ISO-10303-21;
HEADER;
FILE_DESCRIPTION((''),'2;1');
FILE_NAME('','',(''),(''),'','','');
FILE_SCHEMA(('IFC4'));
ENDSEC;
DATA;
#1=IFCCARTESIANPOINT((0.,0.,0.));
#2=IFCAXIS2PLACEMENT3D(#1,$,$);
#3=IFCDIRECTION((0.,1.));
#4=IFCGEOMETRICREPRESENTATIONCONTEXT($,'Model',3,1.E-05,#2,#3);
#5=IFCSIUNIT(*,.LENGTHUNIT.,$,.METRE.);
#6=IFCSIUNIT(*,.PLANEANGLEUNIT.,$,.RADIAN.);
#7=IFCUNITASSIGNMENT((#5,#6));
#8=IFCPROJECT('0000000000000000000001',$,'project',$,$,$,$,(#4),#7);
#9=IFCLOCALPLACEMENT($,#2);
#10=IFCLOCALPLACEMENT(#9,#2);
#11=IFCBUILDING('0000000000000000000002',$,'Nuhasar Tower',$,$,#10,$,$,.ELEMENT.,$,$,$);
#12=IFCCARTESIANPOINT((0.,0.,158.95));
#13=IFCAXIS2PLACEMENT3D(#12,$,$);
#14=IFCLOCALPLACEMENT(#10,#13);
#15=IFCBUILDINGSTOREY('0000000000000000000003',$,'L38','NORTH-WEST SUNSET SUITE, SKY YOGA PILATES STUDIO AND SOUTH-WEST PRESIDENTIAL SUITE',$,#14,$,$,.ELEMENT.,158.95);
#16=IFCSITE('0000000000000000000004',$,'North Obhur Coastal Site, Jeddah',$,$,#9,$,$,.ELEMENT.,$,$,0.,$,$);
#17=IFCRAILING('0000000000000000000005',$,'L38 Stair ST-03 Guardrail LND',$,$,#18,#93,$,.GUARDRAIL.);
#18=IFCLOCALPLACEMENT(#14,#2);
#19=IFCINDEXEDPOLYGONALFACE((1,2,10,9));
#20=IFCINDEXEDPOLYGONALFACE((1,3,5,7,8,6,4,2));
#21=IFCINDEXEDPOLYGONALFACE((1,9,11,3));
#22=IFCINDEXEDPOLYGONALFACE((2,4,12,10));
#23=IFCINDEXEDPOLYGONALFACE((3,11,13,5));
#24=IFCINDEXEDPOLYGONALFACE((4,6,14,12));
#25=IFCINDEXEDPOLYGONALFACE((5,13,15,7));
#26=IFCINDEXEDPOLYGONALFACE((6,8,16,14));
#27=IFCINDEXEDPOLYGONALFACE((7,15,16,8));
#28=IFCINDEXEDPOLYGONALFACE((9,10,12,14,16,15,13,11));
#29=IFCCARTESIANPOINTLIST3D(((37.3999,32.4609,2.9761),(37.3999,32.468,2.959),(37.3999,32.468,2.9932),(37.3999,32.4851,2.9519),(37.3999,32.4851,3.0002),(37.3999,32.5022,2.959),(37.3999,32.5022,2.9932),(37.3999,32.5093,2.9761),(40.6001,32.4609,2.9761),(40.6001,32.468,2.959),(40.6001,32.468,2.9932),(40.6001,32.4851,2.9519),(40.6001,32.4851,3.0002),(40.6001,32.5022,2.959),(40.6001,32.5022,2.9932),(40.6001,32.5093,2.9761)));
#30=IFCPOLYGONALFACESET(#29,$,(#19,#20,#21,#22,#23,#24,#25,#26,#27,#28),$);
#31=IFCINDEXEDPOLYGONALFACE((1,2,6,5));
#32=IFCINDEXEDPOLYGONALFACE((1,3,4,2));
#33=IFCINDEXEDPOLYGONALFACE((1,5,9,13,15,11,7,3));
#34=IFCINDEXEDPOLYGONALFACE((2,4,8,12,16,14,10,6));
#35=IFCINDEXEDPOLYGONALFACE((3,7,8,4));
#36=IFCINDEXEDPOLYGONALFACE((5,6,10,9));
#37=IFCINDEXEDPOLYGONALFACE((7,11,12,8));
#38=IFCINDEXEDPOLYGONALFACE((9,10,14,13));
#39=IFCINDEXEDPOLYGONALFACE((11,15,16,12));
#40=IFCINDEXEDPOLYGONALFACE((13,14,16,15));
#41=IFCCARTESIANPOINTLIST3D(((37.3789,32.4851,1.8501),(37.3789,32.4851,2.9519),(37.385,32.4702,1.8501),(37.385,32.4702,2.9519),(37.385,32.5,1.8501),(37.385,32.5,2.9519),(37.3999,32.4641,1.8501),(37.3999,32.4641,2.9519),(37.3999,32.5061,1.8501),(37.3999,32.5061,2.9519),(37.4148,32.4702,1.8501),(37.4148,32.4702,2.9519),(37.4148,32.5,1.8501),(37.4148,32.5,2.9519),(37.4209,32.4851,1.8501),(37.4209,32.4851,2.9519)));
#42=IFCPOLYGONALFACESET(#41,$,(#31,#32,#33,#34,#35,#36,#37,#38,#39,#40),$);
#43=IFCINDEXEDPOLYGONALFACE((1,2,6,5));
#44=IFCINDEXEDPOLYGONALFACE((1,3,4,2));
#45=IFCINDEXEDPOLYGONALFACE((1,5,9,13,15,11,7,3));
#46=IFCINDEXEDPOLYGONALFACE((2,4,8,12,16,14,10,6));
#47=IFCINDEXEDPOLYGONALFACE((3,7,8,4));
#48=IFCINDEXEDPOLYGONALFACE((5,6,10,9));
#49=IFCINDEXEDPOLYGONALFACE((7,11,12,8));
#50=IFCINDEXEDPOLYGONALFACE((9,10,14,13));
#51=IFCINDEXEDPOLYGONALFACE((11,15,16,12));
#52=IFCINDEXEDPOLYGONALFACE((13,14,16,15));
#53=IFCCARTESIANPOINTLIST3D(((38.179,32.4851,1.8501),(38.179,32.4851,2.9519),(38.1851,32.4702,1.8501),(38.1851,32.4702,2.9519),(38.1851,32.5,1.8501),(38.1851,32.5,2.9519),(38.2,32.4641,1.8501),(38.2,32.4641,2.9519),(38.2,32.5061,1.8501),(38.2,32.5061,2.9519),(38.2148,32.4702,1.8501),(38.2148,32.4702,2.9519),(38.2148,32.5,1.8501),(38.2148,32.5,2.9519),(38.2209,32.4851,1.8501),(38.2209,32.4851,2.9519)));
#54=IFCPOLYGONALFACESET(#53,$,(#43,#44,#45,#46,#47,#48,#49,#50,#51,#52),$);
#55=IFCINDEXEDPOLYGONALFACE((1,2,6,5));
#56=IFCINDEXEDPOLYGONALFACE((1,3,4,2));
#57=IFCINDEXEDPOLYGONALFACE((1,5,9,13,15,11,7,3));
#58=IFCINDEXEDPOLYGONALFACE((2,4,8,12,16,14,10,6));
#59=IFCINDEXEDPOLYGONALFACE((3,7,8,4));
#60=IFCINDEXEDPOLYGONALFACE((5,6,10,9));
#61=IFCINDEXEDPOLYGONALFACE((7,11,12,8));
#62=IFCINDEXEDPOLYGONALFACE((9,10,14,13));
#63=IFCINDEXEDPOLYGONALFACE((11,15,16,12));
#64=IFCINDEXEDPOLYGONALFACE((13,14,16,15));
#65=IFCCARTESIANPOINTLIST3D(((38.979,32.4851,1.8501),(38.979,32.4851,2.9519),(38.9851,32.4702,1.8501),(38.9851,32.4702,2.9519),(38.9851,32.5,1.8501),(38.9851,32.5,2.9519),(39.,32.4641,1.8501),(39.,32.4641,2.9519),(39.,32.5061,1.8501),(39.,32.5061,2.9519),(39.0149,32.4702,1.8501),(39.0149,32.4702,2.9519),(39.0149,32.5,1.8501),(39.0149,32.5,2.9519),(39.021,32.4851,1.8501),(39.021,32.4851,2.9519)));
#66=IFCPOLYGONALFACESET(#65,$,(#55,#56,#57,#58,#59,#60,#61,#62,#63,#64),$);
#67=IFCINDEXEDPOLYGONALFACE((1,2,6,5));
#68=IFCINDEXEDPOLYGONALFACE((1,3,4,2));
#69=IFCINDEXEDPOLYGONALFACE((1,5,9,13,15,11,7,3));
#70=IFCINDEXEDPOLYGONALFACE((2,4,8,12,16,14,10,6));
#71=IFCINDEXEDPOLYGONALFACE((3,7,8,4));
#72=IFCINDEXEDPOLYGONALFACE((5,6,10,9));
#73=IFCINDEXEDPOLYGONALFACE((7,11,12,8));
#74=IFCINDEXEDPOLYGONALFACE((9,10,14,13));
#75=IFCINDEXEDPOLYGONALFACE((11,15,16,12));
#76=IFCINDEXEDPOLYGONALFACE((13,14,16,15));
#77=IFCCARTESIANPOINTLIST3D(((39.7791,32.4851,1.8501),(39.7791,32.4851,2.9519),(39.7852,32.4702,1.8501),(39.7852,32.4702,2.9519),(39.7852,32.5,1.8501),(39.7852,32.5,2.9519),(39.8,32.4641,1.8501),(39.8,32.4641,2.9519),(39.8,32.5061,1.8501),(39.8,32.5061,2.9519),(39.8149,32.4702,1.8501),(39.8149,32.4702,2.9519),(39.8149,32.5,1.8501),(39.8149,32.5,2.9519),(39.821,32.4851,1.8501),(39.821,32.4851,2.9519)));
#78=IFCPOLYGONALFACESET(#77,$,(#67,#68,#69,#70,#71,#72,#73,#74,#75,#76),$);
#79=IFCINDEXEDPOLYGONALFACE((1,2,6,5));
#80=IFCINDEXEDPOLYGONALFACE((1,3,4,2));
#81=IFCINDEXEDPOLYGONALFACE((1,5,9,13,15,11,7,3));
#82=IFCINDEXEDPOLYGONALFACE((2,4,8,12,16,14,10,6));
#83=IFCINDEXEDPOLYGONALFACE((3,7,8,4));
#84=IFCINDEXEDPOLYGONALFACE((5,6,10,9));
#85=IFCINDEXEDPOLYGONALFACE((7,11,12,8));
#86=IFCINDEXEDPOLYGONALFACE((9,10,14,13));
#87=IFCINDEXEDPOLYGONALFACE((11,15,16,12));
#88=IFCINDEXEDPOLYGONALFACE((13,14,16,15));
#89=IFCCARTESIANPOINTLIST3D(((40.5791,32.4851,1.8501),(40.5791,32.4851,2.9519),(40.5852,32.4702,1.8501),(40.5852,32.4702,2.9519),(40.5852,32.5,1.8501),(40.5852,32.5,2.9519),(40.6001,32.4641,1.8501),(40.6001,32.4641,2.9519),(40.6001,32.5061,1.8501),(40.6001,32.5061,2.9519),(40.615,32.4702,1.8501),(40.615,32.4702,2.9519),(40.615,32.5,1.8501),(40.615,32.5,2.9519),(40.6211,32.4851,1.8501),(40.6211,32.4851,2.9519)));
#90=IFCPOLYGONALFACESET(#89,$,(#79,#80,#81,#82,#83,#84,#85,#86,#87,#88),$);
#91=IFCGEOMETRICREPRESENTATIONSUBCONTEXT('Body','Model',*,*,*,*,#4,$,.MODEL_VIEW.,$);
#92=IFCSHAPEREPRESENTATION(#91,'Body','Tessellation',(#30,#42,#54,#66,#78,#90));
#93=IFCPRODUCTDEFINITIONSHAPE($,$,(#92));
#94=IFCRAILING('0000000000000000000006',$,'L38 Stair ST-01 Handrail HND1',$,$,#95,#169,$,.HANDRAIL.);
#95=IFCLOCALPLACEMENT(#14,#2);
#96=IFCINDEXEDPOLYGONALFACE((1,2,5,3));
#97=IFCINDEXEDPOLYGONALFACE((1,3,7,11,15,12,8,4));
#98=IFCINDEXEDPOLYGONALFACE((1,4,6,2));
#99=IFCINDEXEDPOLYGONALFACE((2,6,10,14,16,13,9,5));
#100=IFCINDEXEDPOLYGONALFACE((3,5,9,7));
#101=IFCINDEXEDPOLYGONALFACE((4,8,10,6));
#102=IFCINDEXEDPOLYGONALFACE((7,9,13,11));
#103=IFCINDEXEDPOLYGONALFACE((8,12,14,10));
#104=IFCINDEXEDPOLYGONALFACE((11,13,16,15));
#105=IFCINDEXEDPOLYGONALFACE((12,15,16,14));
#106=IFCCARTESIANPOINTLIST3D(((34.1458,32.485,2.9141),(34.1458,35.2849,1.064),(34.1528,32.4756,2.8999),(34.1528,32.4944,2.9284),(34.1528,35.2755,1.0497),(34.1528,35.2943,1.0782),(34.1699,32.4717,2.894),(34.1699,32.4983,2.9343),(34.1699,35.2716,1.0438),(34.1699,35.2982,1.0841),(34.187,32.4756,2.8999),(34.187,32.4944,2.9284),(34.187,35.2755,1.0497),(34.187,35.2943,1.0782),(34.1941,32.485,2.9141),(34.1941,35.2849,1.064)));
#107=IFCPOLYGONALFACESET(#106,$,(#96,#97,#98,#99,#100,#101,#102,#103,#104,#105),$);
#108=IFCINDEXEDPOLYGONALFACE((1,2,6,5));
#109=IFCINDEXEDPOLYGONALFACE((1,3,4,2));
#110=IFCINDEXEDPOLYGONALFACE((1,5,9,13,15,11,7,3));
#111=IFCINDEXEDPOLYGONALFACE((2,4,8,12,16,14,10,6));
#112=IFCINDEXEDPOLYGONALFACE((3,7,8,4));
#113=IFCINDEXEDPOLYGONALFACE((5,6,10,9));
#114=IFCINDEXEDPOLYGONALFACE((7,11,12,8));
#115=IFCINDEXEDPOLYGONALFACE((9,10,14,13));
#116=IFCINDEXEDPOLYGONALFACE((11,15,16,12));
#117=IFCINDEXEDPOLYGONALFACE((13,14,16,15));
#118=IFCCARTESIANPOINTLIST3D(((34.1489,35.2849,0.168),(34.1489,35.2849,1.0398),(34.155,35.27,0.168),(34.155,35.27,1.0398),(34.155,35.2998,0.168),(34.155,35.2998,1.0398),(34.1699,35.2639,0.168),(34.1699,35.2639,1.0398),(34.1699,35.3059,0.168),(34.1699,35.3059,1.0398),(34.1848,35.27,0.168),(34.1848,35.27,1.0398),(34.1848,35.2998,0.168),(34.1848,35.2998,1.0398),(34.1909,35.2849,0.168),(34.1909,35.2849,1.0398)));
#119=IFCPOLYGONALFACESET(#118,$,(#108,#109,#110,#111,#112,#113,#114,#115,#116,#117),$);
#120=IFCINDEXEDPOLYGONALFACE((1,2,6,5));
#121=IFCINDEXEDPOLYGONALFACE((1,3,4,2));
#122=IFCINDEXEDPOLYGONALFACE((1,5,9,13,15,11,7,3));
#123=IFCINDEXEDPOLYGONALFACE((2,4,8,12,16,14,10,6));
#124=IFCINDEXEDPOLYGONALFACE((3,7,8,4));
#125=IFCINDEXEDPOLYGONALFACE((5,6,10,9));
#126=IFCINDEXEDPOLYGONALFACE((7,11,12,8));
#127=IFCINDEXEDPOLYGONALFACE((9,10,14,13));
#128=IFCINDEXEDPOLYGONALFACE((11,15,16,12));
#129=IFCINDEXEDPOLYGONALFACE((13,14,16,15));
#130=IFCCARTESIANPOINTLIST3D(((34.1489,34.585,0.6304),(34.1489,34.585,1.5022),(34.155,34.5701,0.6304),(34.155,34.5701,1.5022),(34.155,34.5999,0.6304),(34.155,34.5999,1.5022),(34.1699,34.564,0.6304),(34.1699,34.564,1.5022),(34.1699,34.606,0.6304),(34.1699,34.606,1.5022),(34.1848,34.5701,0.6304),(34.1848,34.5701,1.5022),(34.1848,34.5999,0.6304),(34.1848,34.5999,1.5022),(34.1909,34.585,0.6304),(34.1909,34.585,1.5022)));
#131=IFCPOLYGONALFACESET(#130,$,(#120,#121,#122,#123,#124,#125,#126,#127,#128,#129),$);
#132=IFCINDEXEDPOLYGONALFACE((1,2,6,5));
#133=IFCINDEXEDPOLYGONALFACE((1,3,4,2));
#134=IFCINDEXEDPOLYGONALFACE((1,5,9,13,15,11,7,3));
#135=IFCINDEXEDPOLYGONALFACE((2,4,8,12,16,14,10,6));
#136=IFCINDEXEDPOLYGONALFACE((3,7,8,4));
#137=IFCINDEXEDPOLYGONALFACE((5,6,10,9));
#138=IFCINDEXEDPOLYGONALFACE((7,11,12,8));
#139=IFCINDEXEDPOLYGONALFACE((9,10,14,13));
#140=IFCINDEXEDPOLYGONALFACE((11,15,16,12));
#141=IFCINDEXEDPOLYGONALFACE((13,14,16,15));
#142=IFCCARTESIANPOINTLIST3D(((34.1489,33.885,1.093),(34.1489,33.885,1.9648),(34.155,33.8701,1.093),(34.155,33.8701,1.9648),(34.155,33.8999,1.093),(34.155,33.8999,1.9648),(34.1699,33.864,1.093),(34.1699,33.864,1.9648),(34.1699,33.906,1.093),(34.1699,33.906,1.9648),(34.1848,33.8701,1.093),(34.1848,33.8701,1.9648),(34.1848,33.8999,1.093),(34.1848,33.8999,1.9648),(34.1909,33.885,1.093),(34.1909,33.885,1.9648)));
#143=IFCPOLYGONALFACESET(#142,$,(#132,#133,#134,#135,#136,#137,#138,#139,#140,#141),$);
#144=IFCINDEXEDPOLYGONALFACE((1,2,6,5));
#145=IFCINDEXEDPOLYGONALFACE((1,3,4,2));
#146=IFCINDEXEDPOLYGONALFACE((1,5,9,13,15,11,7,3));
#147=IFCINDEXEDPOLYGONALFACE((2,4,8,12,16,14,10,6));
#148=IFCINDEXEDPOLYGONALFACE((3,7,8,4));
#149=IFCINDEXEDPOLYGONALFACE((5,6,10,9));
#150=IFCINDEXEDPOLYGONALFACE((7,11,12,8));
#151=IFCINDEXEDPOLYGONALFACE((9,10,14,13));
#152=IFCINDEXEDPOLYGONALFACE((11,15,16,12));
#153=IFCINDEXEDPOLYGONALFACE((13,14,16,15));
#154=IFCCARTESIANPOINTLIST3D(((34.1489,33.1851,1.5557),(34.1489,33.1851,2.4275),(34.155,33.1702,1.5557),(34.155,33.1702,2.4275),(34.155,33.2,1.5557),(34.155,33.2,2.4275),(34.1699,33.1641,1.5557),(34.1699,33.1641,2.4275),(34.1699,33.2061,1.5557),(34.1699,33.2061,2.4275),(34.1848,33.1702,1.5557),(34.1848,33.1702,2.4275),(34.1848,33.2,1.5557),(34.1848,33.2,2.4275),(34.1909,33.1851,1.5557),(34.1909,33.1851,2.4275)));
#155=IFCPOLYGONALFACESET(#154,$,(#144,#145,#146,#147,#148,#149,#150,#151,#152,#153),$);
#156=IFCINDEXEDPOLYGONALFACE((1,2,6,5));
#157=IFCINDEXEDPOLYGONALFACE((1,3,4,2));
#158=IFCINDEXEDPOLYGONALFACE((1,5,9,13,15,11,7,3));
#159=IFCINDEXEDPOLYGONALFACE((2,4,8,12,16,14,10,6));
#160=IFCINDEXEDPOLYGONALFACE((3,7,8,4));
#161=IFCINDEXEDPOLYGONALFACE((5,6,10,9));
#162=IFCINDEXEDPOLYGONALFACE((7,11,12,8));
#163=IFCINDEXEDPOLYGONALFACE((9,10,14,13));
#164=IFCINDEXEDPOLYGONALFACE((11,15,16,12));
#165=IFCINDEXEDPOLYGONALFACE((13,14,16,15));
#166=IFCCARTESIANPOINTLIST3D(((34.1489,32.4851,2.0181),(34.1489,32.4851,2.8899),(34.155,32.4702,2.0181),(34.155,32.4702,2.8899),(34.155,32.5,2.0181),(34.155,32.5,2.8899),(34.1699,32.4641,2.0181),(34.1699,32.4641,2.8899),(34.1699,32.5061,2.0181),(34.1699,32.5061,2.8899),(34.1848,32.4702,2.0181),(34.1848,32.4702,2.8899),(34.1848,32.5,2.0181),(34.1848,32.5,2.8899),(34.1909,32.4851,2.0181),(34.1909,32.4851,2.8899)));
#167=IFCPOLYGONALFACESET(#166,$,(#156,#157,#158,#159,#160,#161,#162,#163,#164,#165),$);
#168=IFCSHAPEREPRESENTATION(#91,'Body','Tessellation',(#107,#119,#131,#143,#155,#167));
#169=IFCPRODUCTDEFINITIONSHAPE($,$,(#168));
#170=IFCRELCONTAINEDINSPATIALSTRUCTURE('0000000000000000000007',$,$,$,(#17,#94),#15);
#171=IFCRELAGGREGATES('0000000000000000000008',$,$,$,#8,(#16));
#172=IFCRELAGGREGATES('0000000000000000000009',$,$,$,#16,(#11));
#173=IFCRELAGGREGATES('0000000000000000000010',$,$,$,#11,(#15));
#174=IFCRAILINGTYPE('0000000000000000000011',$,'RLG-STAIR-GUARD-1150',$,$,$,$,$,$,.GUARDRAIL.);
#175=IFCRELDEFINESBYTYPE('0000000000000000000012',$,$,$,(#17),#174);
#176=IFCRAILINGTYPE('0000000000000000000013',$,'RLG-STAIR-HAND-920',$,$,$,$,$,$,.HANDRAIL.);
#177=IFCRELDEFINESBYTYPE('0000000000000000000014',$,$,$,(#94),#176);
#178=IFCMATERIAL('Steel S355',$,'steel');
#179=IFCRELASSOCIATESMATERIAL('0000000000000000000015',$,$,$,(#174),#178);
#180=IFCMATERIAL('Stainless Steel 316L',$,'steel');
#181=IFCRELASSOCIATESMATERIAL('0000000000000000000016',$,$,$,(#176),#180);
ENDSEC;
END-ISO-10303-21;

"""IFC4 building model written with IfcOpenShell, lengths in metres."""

from ifc_helpers import new_model, si_unit, direction, frame, origin, place, context, subcontext, project, spatial, polyline, outline, extrude, material, type_object, element, save


model = new_model("IFC4")

# Units and contexts
model_context = context("Model", 3, precision=1e-05, world=origin(), true_north=direction((0.0, 1.0)))
body_context = subcontext(model_context, "Body", "Model", "MODEL_VIEW")
ifc_project = project(units=[si_unit("LENGTHUNIT", "METRE"), si_unit("PLANEANGLEUNIT", "RADIAN")], contexts=[model_context])

# Site, building, storey
site_placement = place(None, origin())
site = spatial("IfcSite", under=ifc_project, at=site_placement, Name="North Obhur Coastal Site, Jeddah", CompositionType="ELEMENT", RefElevation=0.0)
building_placement = place(site_placement, origin())
building = spatial("IfcBuilding", under=site, at=building_placement, Name="Nuhasar Tower", CompositionType="ELEMENT")
storey_placement = place(building_placement, frame((0.0, 0.0, 158.95)))
storey = spatial("IfcBuildingStorey", under=building, at=storey_placement, Name="L38", Description="NORTH-WEST SUNSET SUITE, SKY YOGA PILATES STUDIO AND SOUTH-WEST PRESIDENTIAL SUITE", CompositionType="ELEMENT", Elevation=158.95)

# Shared definitions
ifc_material_1 = material(Name="Steel S355", Category="steel")

# Railings
railing_type_1 = type_object("IfcRailingType", Name="RLG-STAIR-GUARD-1150", PredefinedType="GUARDRAIL", material=ifc_material_1)
railing_1_placement = place(storey_placement, frame((37.3999, 32.4851, 1.8501)))
element("IfcRailing", 1, at=railing_1_placement, inside=storey, type_object=railing_type_1, Name="L38 Stair ST-03 Guardrail LND", PredefinedType="GUARDRAIL", context=body_context, shape_type="SweptSolid", body=[
    extrude(outline(polyline([(0.0242, 0.0), (0.0171, 0.0171), (0.0, 0.0242), (-0.0171, 0.0171), (-0.0242, 0.0), (-0.0171, -0.0171), (0.0, -0.0242), (0.0171, -0.0171), (0.0242, 0.0)])), frame((0.0, 0.0, 1.126), z_axis=(1.0, 0.0, 0.0), x_axis=(0.0, 1.0, 0.0)), (0.0, 0.0, 1.0), 3.2002),
    extrude(outline(polyline([(0.021, 0.0), (0.0149, 0.0149), (0.0, 0.021), (-0.0149, 0.0149), (-0.021, 0.0), (-0.0149, -0.0149), (0.0, -0.021), (0.0149, -0.0149), (0.021, 0.0)])), origin(), (0.0, 0.0, 1.0), 1.1018),
    extrude(outline(polyline([(0.021, 0.0), (0.0149, 0.0149), (0.0, 0.021), (-0.0149, 0.0149), (-0.021, 0.0), (-0.0149, -0.0149), (0.0, -0.021), (0.0149, -0.0149), (0.021, 0.0)])), frame((0.8, 0.0, 0.0)), (0.0, 0.0, 1.0), 1.1018),
    extrude(outline(polyline([(0.021, 0.0), (0.0149, 0.0149), (0.0, 0.021), (-0.0149, 0.0149), (-0.021, 0.0), (-0.0149, -0.0149), (0.0, -0.021), (0.0149, -0.0149), (0.021, 0.0)])), frame((1.6001, 0.0, 0.0)), (0.0, 0.0, 1.0), 1.1018),
    extrude(outline(polyline([(0.021, 0.0), (0.0149, 0.0149), (0.0, 0.021), (-0.0149, 0.0149), (-0.021, 0.0), (-0.0149, -0.0149), (0.0, -0.021), (0.0149, -0.0149), (0.021, 0.0)])), frame((2.4001, 0.0, 0.0)), (0.0, 0.0, 1.0), 1.1018),
    extrude(outline(polyline([(0.021, 0.0), (0.0149, 0.0149), (0.0, 0.021), (-0.0149, 0.0149), (-0.021, 0.0), (-0.0149, -0.0149), (0.0, -0.021), (0.0149, -0.0149), (0.021, 0.0)])), frame((3.2002, 0.0, 0.0)), (0.0, 0.0, 1.0), 1.1018),
])
ifc_material_2 = material(Name="Stainless Steel 316L", Category="steel")
railing_type_2 = type_object("IfcRailingType", Name="RLG-STAIR-HAND-920", PredefinedType="HANDRAIL", material=ifc_material_2)
railing_2_placement = place(storey_placement, frame((34.1699, 35.2849, 0.168)))
element("IfcRailing", 2, at=railing_2_placement, inside=storey, type_object=railing_type_2, Name="L38 Stair ST-01 Handrail HND1", PredefinedType="HANDRAIL", context=body_context, shape_type="SweptSolid", body=[
    extrude(outline(polyline([(0.0242, 0.0), (0.0171, 0.0171), (0.0, 0.0242), (-0.0171, 0.0171), (-0.0242, 0.0), (-0.0171, -0.0171), (0.0, -0.0242), (0.0171, -0.0171), (0.0242, 0.0)])), frame((0.0, 0.0, 0.896), z_axis=(0.0, -0.834304, 0.551304), x_axis=(1.0, 0.0, 0.0)), (0.0, 0.0, 1.0), 3.356),
    extrude(outline(polyline([(0.021, 0.0), (0.0149, 0.0149), (0.0, 0.021), (-0.0149, 0.0149), (-0.021, 0.0), (-0.0149, -0.0149), (0.0, -0.021), (0.0149, -0.0149), (0.021, 0.0)])), origin(), (0.0, 0.0, 1.0), 0.8718),
    extrude(outline(polyline([(0.021, 0.0), (0.0149, 0.0149), (0.0, 0.021), (-0.0149, 0.0149), (-0.021, 0.0), (-0.0149, -0.0149), (0.0, -0.021), (0.0149, -0.0149), (0.021, 0.0)])), frame((0.0, -0.7, 0.4624)), (0.0, 0.0, 1.0), 0.8718),
    extrude(outline(polyline([(0.021, 0.0), (0.0149, 0.0149), (0.0, 0.021), (-0.0149, 0.0149), (-0.021, 0.0), (-0.0149, -0.0149), (0.0, -0.021), (0.0149, -0.0149), (0.021, 0.0)])), frame((0.0, -1.3999, 0.925)), (0.0, 0.0, 1.0), 0.8718),
    extrude(outline(polyline([(0.021, 0.0), (0.0149, 0.0149), (0.0, 0.021), (-0.0149, 0.0149), (-0.021, 0.0), (-0.0149, -0.0149), (0.0, -0.021), (0.0149, -0.0149), (0.021, 0.0)])), frame((0.0, -2.0999, 1.3877)), (0.0, 0.0, 1.0), 0.8718),
    extrude(outline(polyline([(0.021, 0.0), (0.0149, 0.0149), (0.0, 0.021), (-0.0149, 0.0149), (-0.021, 0.0), (-0.0149, -0.0149), (0.0, -0.021), (0.0149, -0.0149), (0.021, 0.0)])), frame((0.0, -2.7998, 1.8501)), (0.0, 0.0, 1.0), 0.8718),
])

save(model, "model.ifc")
